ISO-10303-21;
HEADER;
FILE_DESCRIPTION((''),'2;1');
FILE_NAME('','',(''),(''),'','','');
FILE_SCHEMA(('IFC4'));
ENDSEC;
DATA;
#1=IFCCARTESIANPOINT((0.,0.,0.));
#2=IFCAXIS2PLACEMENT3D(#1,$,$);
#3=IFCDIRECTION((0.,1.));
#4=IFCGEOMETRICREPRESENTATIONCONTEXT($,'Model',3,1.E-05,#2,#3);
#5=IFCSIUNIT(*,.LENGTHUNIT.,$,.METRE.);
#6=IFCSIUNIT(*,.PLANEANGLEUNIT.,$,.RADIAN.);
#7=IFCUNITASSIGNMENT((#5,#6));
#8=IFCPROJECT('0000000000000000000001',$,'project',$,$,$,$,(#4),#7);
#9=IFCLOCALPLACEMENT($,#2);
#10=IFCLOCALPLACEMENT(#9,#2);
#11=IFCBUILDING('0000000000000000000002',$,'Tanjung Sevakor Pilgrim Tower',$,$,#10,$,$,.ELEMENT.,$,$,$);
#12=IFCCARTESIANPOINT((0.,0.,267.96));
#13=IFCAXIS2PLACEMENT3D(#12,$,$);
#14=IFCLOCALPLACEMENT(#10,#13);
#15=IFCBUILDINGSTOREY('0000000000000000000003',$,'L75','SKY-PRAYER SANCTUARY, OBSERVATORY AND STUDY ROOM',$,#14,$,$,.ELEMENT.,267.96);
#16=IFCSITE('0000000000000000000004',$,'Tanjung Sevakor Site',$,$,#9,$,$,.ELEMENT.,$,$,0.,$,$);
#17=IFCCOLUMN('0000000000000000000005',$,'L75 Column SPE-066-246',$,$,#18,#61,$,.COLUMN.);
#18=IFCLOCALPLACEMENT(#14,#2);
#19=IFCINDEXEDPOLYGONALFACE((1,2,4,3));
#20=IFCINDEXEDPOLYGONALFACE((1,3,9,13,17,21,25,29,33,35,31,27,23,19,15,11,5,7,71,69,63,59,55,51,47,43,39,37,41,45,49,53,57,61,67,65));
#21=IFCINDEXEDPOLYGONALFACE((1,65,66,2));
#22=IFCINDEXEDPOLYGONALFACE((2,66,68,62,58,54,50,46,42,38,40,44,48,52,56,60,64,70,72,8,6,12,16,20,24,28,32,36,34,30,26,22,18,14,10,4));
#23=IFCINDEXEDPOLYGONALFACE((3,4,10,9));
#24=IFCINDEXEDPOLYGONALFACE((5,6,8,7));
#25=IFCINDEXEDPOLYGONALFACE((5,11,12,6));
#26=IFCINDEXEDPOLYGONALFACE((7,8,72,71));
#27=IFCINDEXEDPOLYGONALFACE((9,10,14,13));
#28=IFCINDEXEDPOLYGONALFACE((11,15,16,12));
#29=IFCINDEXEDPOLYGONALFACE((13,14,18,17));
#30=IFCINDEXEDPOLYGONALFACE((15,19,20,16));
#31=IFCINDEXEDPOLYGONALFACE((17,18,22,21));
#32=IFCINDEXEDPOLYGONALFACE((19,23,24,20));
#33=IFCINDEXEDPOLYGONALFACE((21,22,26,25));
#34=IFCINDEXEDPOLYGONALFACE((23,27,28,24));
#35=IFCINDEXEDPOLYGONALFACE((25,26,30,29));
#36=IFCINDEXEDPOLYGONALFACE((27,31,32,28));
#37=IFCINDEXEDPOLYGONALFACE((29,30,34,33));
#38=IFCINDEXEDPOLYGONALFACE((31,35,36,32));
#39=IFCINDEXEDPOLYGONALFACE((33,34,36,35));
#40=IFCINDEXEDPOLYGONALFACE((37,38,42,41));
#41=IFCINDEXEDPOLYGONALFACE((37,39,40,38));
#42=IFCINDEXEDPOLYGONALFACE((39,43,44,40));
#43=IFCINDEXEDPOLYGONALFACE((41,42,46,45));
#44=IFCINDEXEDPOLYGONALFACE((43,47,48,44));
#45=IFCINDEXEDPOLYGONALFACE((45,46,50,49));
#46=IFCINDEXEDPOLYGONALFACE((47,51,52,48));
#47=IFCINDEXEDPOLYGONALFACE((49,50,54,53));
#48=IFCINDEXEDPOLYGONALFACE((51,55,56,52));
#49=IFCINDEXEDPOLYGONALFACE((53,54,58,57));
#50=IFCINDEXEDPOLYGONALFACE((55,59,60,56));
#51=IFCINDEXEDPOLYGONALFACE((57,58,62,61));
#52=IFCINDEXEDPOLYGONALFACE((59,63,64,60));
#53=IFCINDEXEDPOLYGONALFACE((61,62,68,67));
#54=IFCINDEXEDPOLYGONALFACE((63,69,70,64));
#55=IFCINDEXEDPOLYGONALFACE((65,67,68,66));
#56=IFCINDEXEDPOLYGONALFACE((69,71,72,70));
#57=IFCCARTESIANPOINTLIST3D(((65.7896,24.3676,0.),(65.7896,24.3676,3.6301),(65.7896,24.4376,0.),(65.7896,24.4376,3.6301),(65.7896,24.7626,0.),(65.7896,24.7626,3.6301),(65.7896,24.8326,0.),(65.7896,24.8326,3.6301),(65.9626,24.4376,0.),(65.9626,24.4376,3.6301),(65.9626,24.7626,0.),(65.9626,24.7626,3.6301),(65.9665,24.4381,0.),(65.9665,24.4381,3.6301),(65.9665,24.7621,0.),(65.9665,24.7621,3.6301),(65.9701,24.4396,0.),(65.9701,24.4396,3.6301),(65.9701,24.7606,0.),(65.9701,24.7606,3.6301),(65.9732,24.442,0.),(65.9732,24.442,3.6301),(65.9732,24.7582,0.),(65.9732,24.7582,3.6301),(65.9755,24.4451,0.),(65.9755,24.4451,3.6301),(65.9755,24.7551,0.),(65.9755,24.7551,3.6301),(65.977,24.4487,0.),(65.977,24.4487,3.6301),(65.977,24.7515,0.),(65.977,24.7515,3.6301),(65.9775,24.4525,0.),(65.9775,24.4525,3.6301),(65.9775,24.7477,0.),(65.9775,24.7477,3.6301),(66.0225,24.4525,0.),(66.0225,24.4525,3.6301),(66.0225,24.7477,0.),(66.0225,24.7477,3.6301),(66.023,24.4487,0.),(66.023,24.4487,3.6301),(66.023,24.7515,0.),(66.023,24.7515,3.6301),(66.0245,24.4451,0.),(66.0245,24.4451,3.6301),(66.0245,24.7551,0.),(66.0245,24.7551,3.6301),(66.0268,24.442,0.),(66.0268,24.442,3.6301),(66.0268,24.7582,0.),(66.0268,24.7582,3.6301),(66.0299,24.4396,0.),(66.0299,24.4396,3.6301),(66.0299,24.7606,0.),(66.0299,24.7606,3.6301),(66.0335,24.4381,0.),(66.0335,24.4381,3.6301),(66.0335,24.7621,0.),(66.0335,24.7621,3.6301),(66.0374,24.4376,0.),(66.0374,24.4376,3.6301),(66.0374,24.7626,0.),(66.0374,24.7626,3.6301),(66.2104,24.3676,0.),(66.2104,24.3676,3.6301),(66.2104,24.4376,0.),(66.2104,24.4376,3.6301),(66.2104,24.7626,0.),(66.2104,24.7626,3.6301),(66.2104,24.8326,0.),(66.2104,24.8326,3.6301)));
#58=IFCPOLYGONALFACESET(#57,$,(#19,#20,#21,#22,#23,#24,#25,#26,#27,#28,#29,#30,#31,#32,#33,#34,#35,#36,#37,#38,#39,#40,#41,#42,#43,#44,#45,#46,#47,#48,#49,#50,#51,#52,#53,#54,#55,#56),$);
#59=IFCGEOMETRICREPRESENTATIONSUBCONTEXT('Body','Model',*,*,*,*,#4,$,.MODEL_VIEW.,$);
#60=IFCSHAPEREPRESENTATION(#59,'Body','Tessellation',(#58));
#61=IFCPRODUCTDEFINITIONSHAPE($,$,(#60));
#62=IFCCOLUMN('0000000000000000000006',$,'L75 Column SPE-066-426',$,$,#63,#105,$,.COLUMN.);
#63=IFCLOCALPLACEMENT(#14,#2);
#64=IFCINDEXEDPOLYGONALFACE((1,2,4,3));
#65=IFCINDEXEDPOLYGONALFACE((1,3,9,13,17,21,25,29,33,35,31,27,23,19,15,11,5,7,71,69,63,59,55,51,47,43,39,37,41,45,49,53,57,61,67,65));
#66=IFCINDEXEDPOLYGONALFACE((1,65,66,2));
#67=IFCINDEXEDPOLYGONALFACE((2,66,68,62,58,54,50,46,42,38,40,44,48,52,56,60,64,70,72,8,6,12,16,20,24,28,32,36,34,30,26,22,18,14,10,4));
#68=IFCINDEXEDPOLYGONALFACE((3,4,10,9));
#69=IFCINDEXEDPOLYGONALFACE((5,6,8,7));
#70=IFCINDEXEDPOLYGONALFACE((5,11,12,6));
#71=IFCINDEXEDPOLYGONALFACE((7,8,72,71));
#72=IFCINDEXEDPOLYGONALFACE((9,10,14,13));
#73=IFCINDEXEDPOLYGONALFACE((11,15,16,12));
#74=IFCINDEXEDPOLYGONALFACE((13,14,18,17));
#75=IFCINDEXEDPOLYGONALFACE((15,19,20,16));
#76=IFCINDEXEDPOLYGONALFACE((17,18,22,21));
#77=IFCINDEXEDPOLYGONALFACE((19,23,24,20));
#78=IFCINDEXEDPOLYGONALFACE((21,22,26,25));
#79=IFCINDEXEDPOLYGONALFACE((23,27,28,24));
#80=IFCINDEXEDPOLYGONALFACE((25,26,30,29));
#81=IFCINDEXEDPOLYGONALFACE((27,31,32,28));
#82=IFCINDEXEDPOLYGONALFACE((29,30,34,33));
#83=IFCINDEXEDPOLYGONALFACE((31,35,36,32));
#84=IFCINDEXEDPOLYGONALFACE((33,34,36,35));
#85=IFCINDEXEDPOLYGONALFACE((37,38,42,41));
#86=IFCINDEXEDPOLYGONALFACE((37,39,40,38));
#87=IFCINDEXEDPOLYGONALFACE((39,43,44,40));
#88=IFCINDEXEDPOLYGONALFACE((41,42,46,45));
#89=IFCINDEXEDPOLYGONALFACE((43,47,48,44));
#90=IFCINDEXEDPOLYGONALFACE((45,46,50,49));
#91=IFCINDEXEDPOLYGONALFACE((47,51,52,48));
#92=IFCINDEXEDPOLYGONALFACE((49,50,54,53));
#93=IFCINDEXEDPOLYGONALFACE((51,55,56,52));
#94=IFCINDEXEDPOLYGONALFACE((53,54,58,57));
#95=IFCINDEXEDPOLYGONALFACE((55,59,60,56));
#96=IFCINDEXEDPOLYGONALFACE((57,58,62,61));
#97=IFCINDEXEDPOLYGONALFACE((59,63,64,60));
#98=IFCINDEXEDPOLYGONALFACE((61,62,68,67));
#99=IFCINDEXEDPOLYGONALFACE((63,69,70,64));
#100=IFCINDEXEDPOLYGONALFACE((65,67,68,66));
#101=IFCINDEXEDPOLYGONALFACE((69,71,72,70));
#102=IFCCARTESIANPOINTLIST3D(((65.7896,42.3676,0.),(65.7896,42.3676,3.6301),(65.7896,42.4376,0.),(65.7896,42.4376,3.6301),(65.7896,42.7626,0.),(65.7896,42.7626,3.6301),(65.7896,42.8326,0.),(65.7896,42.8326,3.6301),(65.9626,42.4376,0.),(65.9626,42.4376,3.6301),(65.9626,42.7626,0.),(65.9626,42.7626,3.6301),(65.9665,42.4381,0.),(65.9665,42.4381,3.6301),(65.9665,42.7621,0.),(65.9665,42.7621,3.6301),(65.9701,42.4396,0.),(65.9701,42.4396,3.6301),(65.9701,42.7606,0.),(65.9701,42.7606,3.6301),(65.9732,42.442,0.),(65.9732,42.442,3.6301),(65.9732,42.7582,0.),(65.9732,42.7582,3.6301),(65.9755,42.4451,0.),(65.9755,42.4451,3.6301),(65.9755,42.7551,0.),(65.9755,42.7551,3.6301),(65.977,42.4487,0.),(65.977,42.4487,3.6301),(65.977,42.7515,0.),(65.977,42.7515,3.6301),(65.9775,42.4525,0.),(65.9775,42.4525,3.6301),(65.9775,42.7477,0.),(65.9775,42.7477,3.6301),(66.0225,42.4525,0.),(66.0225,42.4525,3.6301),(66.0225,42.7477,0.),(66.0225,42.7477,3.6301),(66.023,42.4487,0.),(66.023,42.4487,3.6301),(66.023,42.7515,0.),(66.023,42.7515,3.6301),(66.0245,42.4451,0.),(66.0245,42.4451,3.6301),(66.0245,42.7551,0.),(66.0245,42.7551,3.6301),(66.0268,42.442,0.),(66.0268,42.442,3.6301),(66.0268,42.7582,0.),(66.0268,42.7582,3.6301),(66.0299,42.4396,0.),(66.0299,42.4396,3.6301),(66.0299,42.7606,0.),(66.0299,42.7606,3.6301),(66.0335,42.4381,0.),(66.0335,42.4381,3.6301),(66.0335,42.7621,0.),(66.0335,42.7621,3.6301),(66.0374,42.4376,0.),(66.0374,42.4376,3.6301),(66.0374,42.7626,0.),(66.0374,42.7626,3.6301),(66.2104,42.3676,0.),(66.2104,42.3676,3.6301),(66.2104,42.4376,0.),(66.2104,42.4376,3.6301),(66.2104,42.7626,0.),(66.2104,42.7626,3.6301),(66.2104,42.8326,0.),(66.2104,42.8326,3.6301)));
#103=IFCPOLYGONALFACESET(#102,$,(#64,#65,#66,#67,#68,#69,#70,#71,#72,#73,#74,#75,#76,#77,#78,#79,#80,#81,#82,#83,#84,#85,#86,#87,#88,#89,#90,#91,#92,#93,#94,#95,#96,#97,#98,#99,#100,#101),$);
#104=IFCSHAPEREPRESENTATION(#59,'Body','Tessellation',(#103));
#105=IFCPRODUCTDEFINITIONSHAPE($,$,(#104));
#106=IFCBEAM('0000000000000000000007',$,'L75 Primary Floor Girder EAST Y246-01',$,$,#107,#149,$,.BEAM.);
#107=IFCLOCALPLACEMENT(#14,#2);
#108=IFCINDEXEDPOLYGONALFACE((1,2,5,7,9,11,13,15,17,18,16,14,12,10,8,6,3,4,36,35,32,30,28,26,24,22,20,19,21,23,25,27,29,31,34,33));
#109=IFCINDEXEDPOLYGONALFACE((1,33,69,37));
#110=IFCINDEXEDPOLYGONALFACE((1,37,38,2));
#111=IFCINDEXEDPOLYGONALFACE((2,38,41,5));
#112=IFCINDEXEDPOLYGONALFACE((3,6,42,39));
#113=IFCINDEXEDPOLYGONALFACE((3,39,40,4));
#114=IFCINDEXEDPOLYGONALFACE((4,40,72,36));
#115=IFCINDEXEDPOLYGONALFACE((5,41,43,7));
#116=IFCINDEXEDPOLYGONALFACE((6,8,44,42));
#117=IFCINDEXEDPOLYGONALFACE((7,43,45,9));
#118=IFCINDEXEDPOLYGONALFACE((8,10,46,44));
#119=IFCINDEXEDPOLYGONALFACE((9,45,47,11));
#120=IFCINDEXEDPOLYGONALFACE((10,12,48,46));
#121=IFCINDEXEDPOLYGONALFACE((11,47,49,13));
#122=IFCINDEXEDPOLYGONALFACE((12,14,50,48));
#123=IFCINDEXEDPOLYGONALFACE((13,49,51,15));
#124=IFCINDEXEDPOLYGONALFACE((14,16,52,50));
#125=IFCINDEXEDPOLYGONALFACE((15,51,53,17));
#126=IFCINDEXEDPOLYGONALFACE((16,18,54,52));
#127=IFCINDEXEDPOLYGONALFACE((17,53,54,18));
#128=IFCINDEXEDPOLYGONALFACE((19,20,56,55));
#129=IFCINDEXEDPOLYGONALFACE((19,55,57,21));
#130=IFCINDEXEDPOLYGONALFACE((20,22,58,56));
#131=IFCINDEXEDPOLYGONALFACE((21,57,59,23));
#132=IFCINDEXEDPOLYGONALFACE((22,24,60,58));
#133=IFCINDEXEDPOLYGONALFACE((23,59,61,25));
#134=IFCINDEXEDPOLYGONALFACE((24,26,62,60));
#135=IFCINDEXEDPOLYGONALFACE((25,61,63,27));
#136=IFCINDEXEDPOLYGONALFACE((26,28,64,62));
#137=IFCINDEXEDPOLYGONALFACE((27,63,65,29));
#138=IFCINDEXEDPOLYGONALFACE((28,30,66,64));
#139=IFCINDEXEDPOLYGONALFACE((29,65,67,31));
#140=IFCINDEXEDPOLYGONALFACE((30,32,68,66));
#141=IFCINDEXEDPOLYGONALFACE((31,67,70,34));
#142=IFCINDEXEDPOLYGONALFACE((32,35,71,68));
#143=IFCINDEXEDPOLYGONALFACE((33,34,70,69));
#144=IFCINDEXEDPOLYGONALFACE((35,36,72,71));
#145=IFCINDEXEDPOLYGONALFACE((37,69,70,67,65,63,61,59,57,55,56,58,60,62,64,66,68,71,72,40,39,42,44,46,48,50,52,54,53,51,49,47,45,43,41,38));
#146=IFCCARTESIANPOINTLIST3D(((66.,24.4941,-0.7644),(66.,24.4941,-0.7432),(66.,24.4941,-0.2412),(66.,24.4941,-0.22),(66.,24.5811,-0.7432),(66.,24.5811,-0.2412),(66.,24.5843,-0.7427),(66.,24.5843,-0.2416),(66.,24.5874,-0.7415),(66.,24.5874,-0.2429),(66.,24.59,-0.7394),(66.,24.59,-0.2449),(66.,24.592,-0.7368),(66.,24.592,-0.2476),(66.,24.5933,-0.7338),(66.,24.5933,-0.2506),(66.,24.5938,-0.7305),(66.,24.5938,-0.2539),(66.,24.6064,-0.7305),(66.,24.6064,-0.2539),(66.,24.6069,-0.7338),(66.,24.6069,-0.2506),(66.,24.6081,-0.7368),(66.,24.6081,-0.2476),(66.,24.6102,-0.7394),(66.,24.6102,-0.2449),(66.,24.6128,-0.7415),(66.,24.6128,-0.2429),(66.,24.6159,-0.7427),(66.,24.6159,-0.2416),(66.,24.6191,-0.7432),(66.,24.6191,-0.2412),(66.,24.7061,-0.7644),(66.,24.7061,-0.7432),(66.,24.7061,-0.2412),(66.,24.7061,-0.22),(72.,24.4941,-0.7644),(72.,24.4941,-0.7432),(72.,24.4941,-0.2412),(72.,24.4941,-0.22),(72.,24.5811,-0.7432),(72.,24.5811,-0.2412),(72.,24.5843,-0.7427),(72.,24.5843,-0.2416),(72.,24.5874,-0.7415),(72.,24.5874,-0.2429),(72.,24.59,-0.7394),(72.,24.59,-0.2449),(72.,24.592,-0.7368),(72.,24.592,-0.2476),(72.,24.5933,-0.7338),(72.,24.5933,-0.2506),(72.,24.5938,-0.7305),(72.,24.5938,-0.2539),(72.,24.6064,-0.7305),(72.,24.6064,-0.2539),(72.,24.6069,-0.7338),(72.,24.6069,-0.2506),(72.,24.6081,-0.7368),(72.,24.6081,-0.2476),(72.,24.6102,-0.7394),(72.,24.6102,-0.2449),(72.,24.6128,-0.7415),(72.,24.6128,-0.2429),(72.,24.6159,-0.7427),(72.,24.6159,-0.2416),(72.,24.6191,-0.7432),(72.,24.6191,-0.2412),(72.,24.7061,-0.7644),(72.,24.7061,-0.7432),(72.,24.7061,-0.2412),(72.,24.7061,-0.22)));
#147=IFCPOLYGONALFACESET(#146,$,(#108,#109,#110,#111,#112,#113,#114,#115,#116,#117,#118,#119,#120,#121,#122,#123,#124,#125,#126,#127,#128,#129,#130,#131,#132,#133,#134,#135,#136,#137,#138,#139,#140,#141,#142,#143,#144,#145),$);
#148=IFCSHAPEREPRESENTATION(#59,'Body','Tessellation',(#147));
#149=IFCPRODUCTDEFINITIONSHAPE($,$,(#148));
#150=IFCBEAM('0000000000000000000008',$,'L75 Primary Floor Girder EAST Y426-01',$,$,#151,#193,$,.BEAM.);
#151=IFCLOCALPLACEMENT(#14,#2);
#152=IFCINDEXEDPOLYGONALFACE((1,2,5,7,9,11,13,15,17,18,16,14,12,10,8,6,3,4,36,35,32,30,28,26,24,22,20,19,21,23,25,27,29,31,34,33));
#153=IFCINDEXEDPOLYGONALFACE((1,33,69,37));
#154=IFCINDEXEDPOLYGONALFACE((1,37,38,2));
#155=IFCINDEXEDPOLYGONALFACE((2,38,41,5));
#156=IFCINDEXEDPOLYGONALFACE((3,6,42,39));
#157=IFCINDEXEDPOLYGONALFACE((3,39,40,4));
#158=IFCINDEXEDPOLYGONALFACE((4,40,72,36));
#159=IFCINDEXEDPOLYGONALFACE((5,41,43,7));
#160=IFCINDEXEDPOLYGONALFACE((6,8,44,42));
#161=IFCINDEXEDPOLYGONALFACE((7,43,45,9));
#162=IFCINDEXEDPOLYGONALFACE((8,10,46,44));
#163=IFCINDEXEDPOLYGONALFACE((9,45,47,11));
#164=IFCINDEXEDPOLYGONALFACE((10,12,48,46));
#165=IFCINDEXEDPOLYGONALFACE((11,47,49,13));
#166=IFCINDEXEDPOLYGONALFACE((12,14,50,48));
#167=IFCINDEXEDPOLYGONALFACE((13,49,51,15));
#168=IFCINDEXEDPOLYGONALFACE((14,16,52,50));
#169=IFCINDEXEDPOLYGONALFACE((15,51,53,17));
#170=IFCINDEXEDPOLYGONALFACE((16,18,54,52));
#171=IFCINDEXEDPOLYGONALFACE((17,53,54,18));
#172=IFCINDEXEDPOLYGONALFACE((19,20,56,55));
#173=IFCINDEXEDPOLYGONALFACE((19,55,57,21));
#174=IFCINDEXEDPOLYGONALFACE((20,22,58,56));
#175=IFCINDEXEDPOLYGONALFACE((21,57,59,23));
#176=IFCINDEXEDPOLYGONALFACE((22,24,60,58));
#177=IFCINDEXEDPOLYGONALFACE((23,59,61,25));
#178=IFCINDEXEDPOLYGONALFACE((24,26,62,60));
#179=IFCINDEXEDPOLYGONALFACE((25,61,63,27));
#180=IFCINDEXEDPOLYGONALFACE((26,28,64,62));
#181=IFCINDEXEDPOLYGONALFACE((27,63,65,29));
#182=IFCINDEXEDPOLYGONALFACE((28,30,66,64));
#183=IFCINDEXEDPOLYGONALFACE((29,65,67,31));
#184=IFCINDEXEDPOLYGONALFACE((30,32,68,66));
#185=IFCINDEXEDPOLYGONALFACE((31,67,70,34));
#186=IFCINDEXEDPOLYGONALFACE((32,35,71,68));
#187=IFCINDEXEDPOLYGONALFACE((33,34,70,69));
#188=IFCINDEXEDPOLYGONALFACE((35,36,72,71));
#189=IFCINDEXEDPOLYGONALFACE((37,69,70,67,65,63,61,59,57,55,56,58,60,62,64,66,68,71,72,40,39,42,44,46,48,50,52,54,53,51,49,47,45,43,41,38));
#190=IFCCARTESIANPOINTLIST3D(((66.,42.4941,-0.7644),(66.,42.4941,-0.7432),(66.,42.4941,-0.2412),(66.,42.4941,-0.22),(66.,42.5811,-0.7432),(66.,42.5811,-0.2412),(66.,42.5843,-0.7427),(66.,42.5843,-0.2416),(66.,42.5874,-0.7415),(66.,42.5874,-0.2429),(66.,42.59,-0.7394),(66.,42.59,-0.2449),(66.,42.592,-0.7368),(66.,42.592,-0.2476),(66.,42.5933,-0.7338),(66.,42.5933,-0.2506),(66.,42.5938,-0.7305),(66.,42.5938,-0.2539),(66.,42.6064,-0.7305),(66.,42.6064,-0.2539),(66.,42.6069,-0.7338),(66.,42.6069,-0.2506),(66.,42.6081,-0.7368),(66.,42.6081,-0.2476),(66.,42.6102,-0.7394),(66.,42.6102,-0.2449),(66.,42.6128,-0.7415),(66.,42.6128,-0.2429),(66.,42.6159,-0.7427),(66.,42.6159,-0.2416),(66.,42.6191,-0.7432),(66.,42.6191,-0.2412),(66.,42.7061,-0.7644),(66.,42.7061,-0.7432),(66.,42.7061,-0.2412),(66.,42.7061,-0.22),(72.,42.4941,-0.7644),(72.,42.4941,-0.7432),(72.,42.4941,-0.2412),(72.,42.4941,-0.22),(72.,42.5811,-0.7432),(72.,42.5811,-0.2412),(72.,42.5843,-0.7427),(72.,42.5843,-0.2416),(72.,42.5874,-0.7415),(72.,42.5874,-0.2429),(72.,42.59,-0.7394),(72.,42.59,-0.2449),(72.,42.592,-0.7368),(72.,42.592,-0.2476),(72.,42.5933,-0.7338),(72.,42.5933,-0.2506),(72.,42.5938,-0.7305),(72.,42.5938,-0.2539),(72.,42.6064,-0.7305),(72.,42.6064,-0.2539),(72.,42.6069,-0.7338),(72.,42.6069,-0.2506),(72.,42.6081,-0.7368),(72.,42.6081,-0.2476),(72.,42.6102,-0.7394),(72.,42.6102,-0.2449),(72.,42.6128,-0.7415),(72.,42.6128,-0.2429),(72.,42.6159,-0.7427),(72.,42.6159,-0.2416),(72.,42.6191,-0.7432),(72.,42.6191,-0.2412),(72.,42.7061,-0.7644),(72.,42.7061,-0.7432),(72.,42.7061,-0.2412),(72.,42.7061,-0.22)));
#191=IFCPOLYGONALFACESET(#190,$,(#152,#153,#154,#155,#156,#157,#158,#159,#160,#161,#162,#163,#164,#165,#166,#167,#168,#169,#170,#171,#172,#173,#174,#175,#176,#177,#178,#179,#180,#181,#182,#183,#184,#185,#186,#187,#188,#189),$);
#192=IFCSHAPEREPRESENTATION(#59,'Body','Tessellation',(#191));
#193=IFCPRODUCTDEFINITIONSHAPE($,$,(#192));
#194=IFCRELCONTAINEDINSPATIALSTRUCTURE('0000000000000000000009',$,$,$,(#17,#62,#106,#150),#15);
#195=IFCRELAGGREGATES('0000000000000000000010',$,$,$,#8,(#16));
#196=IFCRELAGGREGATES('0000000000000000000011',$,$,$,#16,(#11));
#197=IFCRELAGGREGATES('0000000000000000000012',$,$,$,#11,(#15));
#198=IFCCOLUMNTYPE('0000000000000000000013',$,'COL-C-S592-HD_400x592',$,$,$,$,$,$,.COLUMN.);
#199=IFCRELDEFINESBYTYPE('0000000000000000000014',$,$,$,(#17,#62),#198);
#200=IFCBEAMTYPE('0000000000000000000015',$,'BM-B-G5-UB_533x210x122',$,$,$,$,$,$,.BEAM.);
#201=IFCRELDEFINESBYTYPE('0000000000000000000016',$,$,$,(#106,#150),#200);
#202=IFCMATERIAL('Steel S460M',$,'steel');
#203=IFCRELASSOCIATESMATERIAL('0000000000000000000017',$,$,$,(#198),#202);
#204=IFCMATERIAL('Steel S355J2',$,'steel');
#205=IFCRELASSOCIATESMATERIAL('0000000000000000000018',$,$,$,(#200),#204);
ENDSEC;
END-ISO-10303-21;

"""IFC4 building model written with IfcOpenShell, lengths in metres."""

from ifc_helpers import new_model, si_unit, direction, frame, origin, origin_2d, place, context, subcontext, project, spatial, i_section, extrude, material, material_profile, profile_set, type_object, element, save


model = new_model("IFC4")

# Units and contexts
model_context = context("Model", 3, precision=1e-05, world=origin(), true_north=direction((0.0, 1.0)))
body_context = subcontext(model_context, "Body", "Model", "MODEL_VIEW")
ifc_project = project(units=[si_unit("LENGTHUNIT", "METRE"), si_unit("PLANEANGLEUNIT", "RADIAN")], contexts=[model_context])

# Site, building, storey
site_placement = place(None, origin())
site = spatial("IfcSite", under=ifc_project, at=site_placement, Name="Tanjung Sevakor Site", CompositionType="ELEMENT", RefElevation=0.0)
building_placement = place(site_placement, origin())
building = spatial("IfcBuilding", under=site, at=building_placement, Name="Tanjung Sevakor Pilgrim Tower", CompositionType="ELEMENT")
storey_placement = place(building_placement, frame((0.0, 0.0, 267.96)))
storey = spatial("IfcBuildingStorey", under=building, at=storey_placement, Name="L75", Description="SKY-PRAYER SANCTUARY, OBSERVATORY AND STUDY ROOM", CompositionType="ELEMENT", Elevation=267.96)

# Columns
ifc_material_1 = material(Name="Steel S460M", Category="steel")
ifc_material_profile_1 = material_profile(ifc_material_1, i_section(OverallWidth=0.4209, OverallDepth=0.4651, WebThickness=0.0449, FlangeThickness=0.0701, FilletRadius=0.0149, at=origin_2d()))
ifc_profile_set_1 = profile_set([ifc_material_profile_1], Name="Steel S460M")
column_type = type_object("IfcColumnType", Name="COL-C-S592-HD_400x592", PredefinedType="COLUMN", material=ifc_profile_set_1)
for number, where, z_axis, x_axis, name in (
    (1, (66.0, 24.6001, 0.0), (0.0, 0.0, 1.0), (1.0, 0.0, 0.0), "L75 Column SPE-066-246"),
    (2, (66.0, 42.6001, 0.0), (0.0, 0.0, 1.0), (1.0, 0.0, 0.0), "L75 Column SPE-066-426"),
):
    element("IfcColumn", number, at=place(storey_placement, frame(where, z_axis=z_axis, x_axis=x_axis)), inside=storey, type_object=column_type, Name=name, PredefinedType="COLUMN", context=body_context, shape_type="SweptSolid", body=[
        extrude(i_section(OverallWidth=0.4209, OverallDepth=0.4651, WebThickness=0.0449, FlangeThickness=0.0701, FilletRadius=0.0149, at=origin_2d()), origin(), (0.0, 0.0, 1.0), 3.6301),
    ])

# Beams
ifc_material_2 = material(Name="Steel S355J2", Category="steel")
ifc_material_profile_2 = material_profile(ifc_material_2, i_section(OverallWidth=0.2119, OverallDepth=0.5444, WebThickness=0.0127, FlangeThickness=0.0212, FilletRadius=0.0127, at=origin_2d()))
ifc_profile_set_2 = profile_set([ifc_material_profile_2], Name="Steel S355J2")
beam_type = type_object("IfcBeamType", Name="BM-B-G5-UB_533x210x122", PredefinedType="BEAM", material=ifc_profile_set_2)
for number, where, z_axis, x_axis, name in (
    (3, (66.0, 24.6001, -0.4922), (1.0, 0.0, 0.0), (0.0, 1.0, 0.0), "L75 Primary Floor Girder EAST Y246-01"),
    (4, (66.0, 42.6001, -0.4922), (1.0, 0.0, 0.0), (0.0, 1.0, 0.0), "L75 Primary Floor Girder EAST Y426-01"),
):
    element("IfcBeam", number, at=place(storey_placement, frame(where, z_axis=z_axis, x_axis=x_axis)), inside=storey, type_object=beam_type, Name=name, PredefinedType="BEAM", context=body_context, shape_type="SweptSolid", body=[
        extrude(i_section(OverallWidth=0.2119, OverallDepth=0.5444, WebThickness=0.0127, FlangeThickness=0.0212, FilletRadius=0.0127, at=origin_2d()), origin(), (0.0, 0.0, 1.0), 6.0),
    ])

save(model, "model.ifc")
